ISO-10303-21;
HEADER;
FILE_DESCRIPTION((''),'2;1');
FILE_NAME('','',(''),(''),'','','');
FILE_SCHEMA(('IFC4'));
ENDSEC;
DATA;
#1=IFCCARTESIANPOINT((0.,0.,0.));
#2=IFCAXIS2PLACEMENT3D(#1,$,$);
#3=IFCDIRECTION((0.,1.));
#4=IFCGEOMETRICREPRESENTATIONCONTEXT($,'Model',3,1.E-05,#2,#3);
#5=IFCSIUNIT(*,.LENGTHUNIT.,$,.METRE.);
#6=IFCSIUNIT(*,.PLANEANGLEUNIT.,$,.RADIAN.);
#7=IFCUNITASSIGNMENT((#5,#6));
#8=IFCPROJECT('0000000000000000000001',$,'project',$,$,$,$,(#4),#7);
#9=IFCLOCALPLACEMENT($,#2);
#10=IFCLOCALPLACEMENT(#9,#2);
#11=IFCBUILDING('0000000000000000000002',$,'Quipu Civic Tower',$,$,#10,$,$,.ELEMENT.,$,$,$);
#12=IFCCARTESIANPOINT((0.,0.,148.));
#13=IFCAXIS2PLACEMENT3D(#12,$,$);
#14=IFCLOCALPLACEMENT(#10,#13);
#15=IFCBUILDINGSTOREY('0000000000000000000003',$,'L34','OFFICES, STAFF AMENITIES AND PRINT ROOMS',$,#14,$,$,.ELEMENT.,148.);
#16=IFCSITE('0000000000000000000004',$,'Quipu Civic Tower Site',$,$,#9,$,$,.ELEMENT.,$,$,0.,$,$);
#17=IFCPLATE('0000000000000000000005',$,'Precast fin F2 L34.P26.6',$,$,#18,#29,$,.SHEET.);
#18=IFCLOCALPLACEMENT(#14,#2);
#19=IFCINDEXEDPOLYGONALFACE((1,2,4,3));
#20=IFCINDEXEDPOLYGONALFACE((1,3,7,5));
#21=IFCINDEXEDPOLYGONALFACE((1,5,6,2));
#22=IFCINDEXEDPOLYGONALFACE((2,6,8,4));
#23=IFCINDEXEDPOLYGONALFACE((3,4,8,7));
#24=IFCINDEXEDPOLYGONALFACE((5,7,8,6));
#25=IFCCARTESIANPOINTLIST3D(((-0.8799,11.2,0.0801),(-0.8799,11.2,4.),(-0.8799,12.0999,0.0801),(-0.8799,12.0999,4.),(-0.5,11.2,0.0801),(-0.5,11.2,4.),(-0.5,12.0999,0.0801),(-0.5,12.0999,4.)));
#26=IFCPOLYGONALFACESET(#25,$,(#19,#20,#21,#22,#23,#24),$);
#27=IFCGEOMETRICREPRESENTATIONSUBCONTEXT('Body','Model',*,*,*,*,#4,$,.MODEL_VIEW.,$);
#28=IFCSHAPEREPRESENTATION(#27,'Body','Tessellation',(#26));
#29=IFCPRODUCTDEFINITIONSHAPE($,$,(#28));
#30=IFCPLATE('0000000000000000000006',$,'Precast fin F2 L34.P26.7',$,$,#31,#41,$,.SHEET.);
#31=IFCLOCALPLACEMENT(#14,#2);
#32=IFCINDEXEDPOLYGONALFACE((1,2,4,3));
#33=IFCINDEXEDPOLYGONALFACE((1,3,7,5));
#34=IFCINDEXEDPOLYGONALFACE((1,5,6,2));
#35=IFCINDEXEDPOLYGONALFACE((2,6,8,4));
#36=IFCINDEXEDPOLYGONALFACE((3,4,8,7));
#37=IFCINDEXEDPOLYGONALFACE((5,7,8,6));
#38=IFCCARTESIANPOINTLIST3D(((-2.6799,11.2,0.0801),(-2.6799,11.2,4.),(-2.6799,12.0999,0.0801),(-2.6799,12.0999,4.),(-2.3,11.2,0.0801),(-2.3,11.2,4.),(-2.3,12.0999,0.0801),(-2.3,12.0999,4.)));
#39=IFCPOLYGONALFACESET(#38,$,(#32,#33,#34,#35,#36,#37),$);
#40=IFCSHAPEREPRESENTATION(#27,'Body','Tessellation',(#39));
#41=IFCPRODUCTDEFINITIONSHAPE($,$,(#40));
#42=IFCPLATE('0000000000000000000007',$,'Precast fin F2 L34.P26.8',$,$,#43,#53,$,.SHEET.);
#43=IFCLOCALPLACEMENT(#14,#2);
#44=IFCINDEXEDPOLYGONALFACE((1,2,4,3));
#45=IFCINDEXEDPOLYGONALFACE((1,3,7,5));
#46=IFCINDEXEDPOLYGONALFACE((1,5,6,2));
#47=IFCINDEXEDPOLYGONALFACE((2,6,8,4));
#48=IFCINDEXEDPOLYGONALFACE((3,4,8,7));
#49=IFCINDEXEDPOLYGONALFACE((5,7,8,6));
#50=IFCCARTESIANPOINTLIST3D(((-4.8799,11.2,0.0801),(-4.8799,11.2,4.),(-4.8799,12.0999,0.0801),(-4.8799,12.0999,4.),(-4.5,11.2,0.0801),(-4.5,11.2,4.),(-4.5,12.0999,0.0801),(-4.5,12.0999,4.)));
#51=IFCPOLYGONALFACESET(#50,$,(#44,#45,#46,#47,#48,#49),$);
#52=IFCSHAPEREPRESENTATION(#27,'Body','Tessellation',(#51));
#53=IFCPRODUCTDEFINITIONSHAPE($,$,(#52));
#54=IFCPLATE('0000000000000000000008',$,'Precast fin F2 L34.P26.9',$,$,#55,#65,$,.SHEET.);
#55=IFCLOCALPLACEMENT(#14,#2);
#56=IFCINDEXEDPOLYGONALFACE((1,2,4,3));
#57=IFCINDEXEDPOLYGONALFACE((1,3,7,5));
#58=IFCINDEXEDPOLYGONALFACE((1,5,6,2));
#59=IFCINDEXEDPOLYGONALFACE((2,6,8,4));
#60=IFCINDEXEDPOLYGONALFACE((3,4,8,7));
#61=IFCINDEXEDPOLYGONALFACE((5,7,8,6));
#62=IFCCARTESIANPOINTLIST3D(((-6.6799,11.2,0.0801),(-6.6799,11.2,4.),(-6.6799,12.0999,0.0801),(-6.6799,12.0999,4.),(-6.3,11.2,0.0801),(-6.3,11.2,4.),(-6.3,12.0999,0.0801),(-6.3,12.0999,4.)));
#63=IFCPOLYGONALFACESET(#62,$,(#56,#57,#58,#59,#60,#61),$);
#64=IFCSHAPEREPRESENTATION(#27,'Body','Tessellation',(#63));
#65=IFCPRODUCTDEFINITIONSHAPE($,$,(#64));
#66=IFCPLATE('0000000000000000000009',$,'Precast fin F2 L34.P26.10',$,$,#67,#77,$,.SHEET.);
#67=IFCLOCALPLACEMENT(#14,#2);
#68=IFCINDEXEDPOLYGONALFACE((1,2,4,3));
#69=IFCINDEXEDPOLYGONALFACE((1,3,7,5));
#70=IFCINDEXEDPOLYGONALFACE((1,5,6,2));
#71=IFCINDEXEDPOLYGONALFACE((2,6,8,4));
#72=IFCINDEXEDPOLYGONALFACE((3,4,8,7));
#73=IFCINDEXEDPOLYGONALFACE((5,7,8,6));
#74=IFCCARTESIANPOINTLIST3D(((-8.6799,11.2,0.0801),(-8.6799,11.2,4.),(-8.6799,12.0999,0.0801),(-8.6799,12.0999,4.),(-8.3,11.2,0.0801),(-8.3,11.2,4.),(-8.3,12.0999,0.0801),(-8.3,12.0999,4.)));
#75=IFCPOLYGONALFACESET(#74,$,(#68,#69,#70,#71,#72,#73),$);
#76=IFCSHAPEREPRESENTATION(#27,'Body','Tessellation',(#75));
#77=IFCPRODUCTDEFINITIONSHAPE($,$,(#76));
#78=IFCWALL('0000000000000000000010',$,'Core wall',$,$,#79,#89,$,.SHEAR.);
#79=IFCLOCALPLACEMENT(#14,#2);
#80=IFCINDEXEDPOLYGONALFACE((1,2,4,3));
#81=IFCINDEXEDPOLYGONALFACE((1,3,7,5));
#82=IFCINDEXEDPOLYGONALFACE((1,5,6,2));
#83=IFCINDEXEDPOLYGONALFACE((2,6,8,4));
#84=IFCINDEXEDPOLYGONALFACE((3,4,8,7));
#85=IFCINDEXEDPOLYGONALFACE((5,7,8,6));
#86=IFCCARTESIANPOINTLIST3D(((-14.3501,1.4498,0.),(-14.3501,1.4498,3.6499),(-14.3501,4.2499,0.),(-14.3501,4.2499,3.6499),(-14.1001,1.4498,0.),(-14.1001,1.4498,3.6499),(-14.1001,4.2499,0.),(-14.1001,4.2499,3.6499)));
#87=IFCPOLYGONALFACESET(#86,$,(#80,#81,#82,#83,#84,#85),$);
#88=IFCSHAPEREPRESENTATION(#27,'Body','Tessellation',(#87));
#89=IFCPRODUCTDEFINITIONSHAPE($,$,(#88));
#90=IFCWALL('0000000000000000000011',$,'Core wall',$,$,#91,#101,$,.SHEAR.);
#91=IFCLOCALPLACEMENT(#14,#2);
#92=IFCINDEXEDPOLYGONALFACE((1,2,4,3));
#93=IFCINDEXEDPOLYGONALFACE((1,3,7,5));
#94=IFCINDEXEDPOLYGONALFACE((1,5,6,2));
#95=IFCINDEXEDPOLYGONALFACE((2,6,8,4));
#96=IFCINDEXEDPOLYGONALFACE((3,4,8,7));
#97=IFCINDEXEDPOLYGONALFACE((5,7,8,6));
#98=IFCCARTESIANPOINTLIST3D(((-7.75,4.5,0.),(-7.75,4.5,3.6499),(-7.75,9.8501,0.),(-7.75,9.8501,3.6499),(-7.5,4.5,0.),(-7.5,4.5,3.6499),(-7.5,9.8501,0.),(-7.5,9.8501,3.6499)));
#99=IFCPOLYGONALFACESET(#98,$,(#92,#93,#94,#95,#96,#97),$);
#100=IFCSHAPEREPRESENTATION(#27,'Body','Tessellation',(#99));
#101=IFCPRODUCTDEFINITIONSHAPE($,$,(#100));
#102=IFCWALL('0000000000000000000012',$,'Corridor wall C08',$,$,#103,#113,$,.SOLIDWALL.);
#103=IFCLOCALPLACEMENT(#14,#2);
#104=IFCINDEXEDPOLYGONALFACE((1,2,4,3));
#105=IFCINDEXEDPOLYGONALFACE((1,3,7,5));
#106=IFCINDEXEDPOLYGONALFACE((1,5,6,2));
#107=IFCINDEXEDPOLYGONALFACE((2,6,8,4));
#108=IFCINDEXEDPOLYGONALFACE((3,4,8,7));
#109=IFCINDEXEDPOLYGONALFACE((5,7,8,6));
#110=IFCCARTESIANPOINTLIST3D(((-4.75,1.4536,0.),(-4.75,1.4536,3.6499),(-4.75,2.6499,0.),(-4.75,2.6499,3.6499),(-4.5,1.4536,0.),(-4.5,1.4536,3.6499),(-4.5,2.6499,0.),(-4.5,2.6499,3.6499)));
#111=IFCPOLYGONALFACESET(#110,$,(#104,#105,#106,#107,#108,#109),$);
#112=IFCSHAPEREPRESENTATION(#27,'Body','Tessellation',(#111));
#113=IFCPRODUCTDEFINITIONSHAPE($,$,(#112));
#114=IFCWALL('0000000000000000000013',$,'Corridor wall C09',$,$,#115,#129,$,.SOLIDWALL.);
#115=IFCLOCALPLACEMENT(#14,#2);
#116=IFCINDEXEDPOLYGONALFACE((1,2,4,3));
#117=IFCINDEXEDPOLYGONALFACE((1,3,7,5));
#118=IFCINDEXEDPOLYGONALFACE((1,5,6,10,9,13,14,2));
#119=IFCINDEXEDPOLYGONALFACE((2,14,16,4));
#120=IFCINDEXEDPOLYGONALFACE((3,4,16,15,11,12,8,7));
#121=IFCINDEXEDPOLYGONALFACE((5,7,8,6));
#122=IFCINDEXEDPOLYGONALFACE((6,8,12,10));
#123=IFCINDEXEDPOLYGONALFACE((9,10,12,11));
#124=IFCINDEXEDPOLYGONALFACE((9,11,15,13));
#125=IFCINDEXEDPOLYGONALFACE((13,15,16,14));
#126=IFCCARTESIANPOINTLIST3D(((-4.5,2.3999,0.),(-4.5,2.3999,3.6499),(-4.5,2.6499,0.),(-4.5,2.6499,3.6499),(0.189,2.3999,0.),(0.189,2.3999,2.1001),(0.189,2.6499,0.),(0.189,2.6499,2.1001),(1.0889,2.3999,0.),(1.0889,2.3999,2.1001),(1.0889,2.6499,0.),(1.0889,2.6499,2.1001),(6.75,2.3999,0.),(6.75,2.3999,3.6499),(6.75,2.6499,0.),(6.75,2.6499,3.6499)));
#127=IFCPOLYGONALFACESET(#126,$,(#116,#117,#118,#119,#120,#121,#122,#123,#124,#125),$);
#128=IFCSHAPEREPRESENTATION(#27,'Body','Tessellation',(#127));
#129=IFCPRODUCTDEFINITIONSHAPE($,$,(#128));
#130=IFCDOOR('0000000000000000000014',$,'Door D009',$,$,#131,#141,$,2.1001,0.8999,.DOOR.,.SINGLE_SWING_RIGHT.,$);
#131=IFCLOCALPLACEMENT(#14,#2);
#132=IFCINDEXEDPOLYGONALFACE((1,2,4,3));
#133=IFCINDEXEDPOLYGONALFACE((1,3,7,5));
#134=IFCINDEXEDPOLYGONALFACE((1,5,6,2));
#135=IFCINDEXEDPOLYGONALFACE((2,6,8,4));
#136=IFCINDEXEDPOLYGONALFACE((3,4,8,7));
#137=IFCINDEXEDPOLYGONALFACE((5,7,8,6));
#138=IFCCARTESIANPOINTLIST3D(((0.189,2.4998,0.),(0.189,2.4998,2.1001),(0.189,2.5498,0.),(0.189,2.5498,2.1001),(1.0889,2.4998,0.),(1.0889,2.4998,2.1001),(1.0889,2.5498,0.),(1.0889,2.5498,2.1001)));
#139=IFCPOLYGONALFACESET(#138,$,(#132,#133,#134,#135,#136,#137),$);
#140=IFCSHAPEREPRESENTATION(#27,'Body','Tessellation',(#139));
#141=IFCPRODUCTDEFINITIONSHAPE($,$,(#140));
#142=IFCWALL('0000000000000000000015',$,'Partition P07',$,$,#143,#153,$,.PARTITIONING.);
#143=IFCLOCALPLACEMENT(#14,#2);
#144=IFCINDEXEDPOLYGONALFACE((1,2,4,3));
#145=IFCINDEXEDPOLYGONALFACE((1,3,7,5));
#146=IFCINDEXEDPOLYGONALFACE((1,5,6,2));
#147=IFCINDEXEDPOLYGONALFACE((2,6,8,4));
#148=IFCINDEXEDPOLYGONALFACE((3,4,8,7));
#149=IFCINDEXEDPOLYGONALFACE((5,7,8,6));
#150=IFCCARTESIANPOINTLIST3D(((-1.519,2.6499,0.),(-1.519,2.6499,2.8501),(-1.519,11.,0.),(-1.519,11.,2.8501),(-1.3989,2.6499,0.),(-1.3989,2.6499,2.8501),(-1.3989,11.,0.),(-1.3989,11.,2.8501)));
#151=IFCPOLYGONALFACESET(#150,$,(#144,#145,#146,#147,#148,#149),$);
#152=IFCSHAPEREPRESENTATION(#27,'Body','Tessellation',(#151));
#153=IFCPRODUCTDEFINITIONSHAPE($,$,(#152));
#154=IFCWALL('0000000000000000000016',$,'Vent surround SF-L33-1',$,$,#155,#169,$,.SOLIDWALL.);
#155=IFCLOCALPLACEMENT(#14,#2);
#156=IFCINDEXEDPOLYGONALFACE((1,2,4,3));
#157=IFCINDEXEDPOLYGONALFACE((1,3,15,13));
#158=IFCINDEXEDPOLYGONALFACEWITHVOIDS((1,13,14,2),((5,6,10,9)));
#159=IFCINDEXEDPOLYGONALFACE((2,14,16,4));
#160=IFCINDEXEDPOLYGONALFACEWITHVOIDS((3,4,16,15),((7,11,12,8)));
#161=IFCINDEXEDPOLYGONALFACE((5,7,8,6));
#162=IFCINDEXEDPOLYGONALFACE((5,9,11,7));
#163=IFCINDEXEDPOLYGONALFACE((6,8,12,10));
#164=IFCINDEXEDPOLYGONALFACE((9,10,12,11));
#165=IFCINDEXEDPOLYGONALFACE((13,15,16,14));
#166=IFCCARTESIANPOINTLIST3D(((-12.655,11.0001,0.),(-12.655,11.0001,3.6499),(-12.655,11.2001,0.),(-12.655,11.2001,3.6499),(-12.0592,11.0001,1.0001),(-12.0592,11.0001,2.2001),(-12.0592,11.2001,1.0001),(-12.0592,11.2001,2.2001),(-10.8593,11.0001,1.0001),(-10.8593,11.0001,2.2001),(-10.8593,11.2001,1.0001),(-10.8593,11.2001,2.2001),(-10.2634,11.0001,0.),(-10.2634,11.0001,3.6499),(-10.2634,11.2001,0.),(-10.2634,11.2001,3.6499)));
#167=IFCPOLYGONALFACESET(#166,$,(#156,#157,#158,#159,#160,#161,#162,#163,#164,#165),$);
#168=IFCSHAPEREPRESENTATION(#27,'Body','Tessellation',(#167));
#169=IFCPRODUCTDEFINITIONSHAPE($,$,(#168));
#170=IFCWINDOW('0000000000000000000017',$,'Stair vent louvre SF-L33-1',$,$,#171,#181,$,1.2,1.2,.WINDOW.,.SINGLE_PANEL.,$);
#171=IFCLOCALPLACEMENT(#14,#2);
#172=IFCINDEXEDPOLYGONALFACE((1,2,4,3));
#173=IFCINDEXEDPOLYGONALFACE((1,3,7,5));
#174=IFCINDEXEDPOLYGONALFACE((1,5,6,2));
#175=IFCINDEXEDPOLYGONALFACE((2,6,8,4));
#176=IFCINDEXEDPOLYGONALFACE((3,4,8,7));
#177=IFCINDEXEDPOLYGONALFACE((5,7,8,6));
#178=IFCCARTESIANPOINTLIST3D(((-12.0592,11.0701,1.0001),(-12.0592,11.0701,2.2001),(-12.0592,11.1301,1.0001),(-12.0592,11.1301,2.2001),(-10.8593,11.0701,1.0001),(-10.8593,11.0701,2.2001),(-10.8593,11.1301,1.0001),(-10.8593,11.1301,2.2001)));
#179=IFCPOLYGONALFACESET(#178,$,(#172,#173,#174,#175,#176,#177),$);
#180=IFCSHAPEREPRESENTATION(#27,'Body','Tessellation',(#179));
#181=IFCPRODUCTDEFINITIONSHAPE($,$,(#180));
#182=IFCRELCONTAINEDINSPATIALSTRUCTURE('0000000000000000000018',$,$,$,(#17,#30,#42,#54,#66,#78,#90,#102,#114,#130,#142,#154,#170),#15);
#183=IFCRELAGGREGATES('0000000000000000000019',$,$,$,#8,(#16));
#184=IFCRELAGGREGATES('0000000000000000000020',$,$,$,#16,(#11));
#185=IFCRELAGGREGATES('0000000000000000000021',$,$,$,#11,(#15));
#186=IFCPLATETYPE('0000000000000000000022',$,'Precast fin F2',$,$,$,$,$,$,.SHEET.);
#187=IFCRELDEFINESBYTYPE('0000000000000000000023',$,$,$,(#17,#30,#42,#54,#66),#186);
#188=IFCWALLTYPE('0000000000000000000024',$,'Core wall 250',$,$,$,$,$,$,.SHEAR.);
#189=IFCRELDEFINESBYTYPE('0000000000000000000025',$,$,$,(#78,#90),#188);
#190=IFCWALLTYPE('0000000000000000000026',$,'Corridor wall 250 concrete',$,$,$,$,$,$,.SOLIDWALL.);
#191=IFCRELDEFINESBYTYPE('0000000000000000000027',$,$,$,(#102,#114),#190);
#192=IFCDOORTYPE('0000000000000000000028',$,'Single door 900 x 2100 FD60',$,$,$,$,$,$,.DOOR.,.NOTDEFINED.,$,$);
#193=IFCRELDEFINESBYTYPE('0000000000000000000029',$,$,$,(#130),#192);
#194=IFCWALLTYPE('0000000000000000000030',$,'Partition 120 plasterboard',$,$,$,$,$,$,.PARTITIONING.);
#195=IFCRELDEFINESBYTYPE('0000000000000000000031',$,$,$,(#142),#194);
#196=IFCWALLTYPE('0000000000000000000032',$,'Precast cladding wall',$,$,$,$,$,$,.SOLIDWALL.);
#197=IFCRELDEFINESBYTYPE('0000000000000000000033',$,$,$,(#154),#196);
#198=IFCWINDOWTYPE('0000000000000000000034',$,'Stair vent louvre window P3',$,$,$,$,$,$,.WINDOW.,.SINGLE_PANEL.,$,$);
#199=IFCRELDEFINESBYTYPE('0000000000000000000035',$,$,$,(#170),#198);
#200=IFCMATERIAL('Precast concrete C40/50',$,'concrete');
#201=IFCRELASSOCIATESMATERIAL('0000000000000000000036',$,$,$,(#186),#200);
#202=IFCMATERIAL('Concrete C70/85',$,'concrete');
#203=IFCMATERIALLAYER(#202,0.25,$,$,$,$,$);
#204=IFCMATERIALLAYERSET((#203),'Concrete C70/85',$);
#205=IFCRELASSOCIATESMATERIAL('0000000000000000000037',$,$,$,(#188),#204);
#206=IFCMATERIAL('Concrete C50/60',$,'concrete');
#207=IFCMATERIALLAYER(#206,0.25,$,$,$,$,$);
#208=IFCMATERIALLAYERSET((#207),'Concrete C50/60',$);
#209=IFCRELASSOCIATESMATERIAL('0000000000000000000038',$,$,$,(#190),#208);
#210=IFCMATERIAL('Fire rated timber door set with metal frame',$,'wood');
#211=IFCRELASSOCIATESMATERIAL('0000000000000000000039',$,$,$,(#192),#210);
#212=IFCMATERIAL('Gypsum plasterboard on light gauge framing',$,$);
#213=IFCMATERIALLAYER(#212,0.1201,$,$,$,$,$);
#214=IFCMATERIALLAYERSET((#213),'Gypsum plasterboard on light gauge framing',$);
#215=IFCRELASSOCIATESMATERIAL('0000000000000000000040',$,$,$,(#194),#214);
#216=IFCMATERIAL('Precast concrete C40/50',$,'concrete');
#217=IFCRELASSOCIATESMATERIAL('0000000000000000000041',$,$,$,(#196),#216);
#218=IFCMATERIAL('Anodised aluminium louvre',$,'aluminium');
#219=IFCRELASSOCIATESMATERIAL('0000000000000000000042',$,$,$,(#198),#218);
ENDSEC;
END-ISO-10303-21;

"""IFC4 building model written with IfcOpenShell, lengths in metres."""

from ifc_helpers import new_model, si_unit, direction, frame, frame_2d, origin, origin_2d, place, context, subcontext, project, spatial, rectangle, extrude, material, layer, layer_set, type_object, element, fill, save


model = new_model("IFC4")

# Units and contexts
model_context = context("Model", 3, precision=1e-05, world=origin(), true_north=direction((0.0, 1.0)))
body_context = subcontext(model_context, "Body", "Model", "MODEL_VIEW")
ifc_project = project(units=[si_unit("LENGTHUNIT", "METRE"), si_unit("PLANEANGLEUNIT", "RADIAN")], contexts=[model_context])

# Site, building, storey
site_placement = place(None, origin())
site = spatial("IfcSite", under=ifc_project, at=site_placement, Name="Quipu Civic Tower Site", CompositionType="ELEMENT", RefElevation=0.0)
building_placement = place(site_placement, origin())
building = spatial("IfcBuilding", under=site, at=building_placement, Name="Quipu Civic Tower", CompositionType="ELEMENT")
storey_placement = place(building_placement, frame((0.0, 0.0, 148.0)))
storey = spatial("IfcBuildingStorey", under=building, at=storey_placement, Name="L34", Description="OFFICES, STAFF AMENITIES AND PRINT ROOMS", CompositionType="ELEMENT", Elevation=148.0)

# Plates
ifc_material_1 = material(Name="Precast concrete C40/50", Category="concrete")
plate_type_1 = type_object("IfcPlateType", Name="Precast fin F2", PredefinedType="SHEET", material=ifc_material_1)
for number, where, z_axis, x_axis, name in (
    (1, (-0.6899, 11.6499, 0.0801), (0.0, 0.0, 1.0), (-1.0, 0.0, 0.0), "Precast fin F2 L34.P26.6"),
    (2, (-2.49, 11.6499, 0.0801), (0.0, 0.0, 1.0), (-1.0, 0.0, 0.0), "Precast fin F2 L34.P26.7"),
    (3, (-4.6899, 11.6499, 0.0801), (0.0, 0.0, 1.0), (-1.0, 0.0, 0.0), "Precast fin F2 L34.P26.8"),
    (4, (-6.49, 11.6499, 0.0801), (0.0, 0.0, 1.0), (-1.0, 0.0, 0.0), "Precast fin F2 L34.P26.9"),
    (5, (-8.49, 11.6499, 0.0801), (0.0, 0.0, 1.0), (-1.0, 0.0, 0.0), "Precast fin F2 L34.P26.10"),
):
    element("IfcPlate", number, at=place(storey_placement, frame(where, z_axis=z_axis, x_axis=x_axis)), inside=storey, type_object=plate_type_1, Name=name, PredefinedType="SHEET", context=body_context, shape_type="SweptSolid", body=[
        extrude(rectangle(XDim=0.3799, YDim=0.8999, at=origin_2d()), origin(), (0.0, 0.0, 1.0), 3.9199),
    ])

# Walls
ifc_material_2 = material(Name="Concrete C70/85", Category="concrete")
ifc_layer_1 = layer(ifc_material_2, 0.25)
ifc_layer_set_1 = layer_set([ifc_layer_1], Name="Concrete C70/85")
wall_type_1 = type_object("IfcWallType", Name="Core wall 250", PredefinedType="SHEAR", material=ifc_layer_set_1)
wall_1_placement = place(storey_placement, frame((-14.2251, 1.45, 0.0), z_axis=(0.0, 0.0, 1.0), x_axis=(0.0, 1.0, 0.0)))
element("IfcWall", 6, at=wall_1_placement, inside=storey, type_object=wall_type_1, Name="Core wall", PredefinedType="SHEAR", context=body_context, shape_type="SweptSolid", body=[
    extrude(rectangle(XDim=2.8, YDim=0.25, at=frame_2d((1.3999, 0.0))), origin(), (0.0, 0.0, 1.0), 3.6499),
])
wall_2_placement = place(storey_placement, frame((-7.625, 4.5, 0.0), z_axis=(0.0, 0.0, 1.0), x_axis=(0.0, 1.0, 0.0)))
element("IfcWall", 7, at=wall_2_placement, inside=storey, type_object=wall_type_1, Name="Core wall", PredefinedType="SHEAR", context=body_context, shape_type="SweptSolid", body=[
    extrude(rectangle(XDim=5.3501, YDim=0.25, at=frame_2d((2.675, 0.0))), origin(), (0.0, 0.0, 1.0), 3.6499),
])
ifc_material_3 = material(Name="Concrete C50/60", Category="concrete")
ifc_layer_2 = layer(ifc_material_3, 0.25)
ifc_layer_set_2 = layer_set([ifc_layer_2], Name="Concrete C50/60")
wall_type_2 = type_object("IfcWallType", Name="Corridor wall 250 concrete", PredefinedType="SOLIDWALL", material=ifc_layer_set_2)
wall_3_placement = place(storey_placement, frame((-4.625, 1.4536, 0.0), z_axis=(0.0, 0.0, 1.0), x_axis=(0.0, 1.0, 0.0)))
element("IfcWall", 8, at=wall_3_placement, inside=storey, type_object=wall_type_2, Name="Corridor wall C08", PredefinedType="SOLIDWALL", context=body_context, shape_type="SweptSolid", body=[
    extrude(rectangle(XDim=1.1963, YDim=0.25, at=frame_2d((0.5981, 0.0))), origin(), (0.0, 0.0, 1.0), 3.6499),
])

# Wall, opening, door
wall_4_placement = place(storey_placement, frame((-4.5, 2.5249, 0.0), z_axis=(0.0, 0.0, 1.0), x_axis=(1.0, 0.0, 0.0)))
wall_4 = element("IfcWall", 9, at=wall_4_placement, inside=storey, type_object=wall_type_2, Name="Corridor wall C09", PredefinedType="SOLIDWALL", context=body_context, shape_type="SweptSolid", body=[
    extrude(rectangle(XDim=11.25, YDim=0.25, at=frame_2d((5.625, 0.0))), origin(), (0.0, 0.0, 1.0), 3.6499),
])
opening_1_placement = place(wall_4_placement, frame((4.689, 0.0, 0.0)))
opening_1 = element("IfcOpeningElement", 10, at=opening_1_placement, cuts=wall_4, PredefinedType="OPENING", context=body_context, shape_type="SweptSolid", body=[
    extrude(rectangle(XDim=0.8999, YDim=2.1001, at=frame_2d((0.45, 1.05))), frame((0.0, 0.135, 0.0), z_axis=(0.0, -1.0, 0.0), x_axis=(1.0, 0.0, 0.0)), (0.0, 0.0, 1.0), 0.27),
])
ifc_material_4 = material(Name="Fire rated timber door set with metal frame", Category="wood")
door_type = type_object("IfcDoorType", Name="Single door 900 x 2100 FD60", OperationType="NOTDEFINED", PredefinedType="DOOR", material=ifc_material_4)
door_placement = place(opening_1_placement, origin())
door = element("IfcDoor", 11, at=door_placement, inside=storey, type_object=door_type, Name="Door D009", OperationType="SINGLE_SWING_RIGHT", OverallHeight=2.1001, OverallWidth=0.8999, PredefinedType="DOOR", context=body_context, shape_type="SweptSolid", body=[
    extrude(rectangle(XDim=0.8999, YDim=2.1001, at=frame_2d((0.45, 1.05))), frame((0.0, 0.0249, 0.0), z_axis=(0.0, -1.0, 0.0), x_axis=(1.0, 0.0, 0.0)), (0.0, 0.0, 1.0), 0.05),
])
fill(opening_1, door)

# Wall
ifc_material_5 = material(Name="Gypsum plasterboard on light gauge framing")
ifc_layer_3 = layer(ifc_material_5, 0.1201)
ifc_layer_set_3 = layer_set([ifc_layer_3], Name="Gypsum plasterboard on light gauge framing")
wall_type_3 = type_object("IfcWallType", Name="Partition 120 plasterboard", PredefinedType="PARTITIONING", material=ifc_layer_set_3)
wall_5_placement = place(storey_placement, frame((-1.459, 2.6499, 0.0), z_axis=(0.0, 0.0, 1.0), x_axis=(0.0, 1.0, 0.0)))
element("IfcWall", 12, at=wall_5_placement, inside=storey, type_object=wall_type_3, Name="Partition P07", PredefinedType="PARTITIONING", context=body_context, shape_type="SweptSolid", body=[
    extrude(rectangle(XDim=8.3501, YDim=0.1201, at=frame_2d((4.175, 0.0))), origin(), (0.0, 0.0, 1.0), 2.8501),
])

# Wall, opening, window
ifc_material_6 = material(Name="Precast concrete C40/50", Category="concrete")
wall_type_4 = type_object("IfcWallType", Name="Precast cladding wall", PredefinedType="SOLIDWALL", material=ifc_material_6)
wall_6_placement = place(storey_placement, frame((-10.2634, 11.1001, 0.0), z_axis=(0.0, 0.0, 1.0), x_axis=(-1.0, 0.0, 0.0)))
wall_6 = element("IfcWall", 13, at=wall_6_placement, inside=storey, type_object=wall_type_4, Name="Vent surround SF-L33-1", PredefinedType="SOLIDWALL", context=body_context, shape_type="SweptSolid", body=[
    extrude(rectangle(XDim=2.3916, YDim=0.2, at=frame_2d((1.1958, 0.0))), origin(), (0.0, 0.0, 1.0), 3.6499),
])
opening_2_placement = place(wall_6_placement, frame((0.5957, 0.0, 1.0)))
opening_2 = element("IfcOpeningElement", 14, at=opening_2_placement, cuts=wall_6, PredefinedType="OPENING", context=body_context, shape_type="SweptSolid", body=[
    extrude(rectangle(XDim=1.2, YDim=1.2, at=frame_2d((0.6001, 0.6001))), frame((0.0, 0.1099, 0.0), z_axis=(0.0, -1.0, 0.0), x_axis=(1.0, 0.0, 0.0)), (0.0, 0.0, 1.0), 0.22),
])
ifc_material_7 = material(Name="Anodised aluminium louvre", Category="aluminium")
window_type = type_object("IfcWindowType", Name="Stair vent louvre window P3", PartitioningType="SINGLE_PANEL", PredefinedType="WINDOW", material=ifc_material_7)
window_placement = place(opening_2_placement, origin())
window = element("IfcWindow", 15, at=window_placement, inside=storey, type_object=window_type, Name="Stair vent louvre SF-L33-1", OverallHeight=1.2, OverallWidth=1.2, PartitioningType="SINGLE_PANEL", PredefinedType="WINDOW", context=body_context, shape_type="SweptSolid", body=[
    extrude(rectangle(XDim=1.2, YDim=1.2, at=frame_2d((0.6001, 0.6001))), frame((0.0, 0.03, 0.0), z_axis=(0.0, -1.0, 0.0), x_axis=(1.0, 0.0, 0.0)), (0.0, 0.0, 1.0), 0.0601),
])
fill(opening_2, window)

save(model, "model.ifc")
